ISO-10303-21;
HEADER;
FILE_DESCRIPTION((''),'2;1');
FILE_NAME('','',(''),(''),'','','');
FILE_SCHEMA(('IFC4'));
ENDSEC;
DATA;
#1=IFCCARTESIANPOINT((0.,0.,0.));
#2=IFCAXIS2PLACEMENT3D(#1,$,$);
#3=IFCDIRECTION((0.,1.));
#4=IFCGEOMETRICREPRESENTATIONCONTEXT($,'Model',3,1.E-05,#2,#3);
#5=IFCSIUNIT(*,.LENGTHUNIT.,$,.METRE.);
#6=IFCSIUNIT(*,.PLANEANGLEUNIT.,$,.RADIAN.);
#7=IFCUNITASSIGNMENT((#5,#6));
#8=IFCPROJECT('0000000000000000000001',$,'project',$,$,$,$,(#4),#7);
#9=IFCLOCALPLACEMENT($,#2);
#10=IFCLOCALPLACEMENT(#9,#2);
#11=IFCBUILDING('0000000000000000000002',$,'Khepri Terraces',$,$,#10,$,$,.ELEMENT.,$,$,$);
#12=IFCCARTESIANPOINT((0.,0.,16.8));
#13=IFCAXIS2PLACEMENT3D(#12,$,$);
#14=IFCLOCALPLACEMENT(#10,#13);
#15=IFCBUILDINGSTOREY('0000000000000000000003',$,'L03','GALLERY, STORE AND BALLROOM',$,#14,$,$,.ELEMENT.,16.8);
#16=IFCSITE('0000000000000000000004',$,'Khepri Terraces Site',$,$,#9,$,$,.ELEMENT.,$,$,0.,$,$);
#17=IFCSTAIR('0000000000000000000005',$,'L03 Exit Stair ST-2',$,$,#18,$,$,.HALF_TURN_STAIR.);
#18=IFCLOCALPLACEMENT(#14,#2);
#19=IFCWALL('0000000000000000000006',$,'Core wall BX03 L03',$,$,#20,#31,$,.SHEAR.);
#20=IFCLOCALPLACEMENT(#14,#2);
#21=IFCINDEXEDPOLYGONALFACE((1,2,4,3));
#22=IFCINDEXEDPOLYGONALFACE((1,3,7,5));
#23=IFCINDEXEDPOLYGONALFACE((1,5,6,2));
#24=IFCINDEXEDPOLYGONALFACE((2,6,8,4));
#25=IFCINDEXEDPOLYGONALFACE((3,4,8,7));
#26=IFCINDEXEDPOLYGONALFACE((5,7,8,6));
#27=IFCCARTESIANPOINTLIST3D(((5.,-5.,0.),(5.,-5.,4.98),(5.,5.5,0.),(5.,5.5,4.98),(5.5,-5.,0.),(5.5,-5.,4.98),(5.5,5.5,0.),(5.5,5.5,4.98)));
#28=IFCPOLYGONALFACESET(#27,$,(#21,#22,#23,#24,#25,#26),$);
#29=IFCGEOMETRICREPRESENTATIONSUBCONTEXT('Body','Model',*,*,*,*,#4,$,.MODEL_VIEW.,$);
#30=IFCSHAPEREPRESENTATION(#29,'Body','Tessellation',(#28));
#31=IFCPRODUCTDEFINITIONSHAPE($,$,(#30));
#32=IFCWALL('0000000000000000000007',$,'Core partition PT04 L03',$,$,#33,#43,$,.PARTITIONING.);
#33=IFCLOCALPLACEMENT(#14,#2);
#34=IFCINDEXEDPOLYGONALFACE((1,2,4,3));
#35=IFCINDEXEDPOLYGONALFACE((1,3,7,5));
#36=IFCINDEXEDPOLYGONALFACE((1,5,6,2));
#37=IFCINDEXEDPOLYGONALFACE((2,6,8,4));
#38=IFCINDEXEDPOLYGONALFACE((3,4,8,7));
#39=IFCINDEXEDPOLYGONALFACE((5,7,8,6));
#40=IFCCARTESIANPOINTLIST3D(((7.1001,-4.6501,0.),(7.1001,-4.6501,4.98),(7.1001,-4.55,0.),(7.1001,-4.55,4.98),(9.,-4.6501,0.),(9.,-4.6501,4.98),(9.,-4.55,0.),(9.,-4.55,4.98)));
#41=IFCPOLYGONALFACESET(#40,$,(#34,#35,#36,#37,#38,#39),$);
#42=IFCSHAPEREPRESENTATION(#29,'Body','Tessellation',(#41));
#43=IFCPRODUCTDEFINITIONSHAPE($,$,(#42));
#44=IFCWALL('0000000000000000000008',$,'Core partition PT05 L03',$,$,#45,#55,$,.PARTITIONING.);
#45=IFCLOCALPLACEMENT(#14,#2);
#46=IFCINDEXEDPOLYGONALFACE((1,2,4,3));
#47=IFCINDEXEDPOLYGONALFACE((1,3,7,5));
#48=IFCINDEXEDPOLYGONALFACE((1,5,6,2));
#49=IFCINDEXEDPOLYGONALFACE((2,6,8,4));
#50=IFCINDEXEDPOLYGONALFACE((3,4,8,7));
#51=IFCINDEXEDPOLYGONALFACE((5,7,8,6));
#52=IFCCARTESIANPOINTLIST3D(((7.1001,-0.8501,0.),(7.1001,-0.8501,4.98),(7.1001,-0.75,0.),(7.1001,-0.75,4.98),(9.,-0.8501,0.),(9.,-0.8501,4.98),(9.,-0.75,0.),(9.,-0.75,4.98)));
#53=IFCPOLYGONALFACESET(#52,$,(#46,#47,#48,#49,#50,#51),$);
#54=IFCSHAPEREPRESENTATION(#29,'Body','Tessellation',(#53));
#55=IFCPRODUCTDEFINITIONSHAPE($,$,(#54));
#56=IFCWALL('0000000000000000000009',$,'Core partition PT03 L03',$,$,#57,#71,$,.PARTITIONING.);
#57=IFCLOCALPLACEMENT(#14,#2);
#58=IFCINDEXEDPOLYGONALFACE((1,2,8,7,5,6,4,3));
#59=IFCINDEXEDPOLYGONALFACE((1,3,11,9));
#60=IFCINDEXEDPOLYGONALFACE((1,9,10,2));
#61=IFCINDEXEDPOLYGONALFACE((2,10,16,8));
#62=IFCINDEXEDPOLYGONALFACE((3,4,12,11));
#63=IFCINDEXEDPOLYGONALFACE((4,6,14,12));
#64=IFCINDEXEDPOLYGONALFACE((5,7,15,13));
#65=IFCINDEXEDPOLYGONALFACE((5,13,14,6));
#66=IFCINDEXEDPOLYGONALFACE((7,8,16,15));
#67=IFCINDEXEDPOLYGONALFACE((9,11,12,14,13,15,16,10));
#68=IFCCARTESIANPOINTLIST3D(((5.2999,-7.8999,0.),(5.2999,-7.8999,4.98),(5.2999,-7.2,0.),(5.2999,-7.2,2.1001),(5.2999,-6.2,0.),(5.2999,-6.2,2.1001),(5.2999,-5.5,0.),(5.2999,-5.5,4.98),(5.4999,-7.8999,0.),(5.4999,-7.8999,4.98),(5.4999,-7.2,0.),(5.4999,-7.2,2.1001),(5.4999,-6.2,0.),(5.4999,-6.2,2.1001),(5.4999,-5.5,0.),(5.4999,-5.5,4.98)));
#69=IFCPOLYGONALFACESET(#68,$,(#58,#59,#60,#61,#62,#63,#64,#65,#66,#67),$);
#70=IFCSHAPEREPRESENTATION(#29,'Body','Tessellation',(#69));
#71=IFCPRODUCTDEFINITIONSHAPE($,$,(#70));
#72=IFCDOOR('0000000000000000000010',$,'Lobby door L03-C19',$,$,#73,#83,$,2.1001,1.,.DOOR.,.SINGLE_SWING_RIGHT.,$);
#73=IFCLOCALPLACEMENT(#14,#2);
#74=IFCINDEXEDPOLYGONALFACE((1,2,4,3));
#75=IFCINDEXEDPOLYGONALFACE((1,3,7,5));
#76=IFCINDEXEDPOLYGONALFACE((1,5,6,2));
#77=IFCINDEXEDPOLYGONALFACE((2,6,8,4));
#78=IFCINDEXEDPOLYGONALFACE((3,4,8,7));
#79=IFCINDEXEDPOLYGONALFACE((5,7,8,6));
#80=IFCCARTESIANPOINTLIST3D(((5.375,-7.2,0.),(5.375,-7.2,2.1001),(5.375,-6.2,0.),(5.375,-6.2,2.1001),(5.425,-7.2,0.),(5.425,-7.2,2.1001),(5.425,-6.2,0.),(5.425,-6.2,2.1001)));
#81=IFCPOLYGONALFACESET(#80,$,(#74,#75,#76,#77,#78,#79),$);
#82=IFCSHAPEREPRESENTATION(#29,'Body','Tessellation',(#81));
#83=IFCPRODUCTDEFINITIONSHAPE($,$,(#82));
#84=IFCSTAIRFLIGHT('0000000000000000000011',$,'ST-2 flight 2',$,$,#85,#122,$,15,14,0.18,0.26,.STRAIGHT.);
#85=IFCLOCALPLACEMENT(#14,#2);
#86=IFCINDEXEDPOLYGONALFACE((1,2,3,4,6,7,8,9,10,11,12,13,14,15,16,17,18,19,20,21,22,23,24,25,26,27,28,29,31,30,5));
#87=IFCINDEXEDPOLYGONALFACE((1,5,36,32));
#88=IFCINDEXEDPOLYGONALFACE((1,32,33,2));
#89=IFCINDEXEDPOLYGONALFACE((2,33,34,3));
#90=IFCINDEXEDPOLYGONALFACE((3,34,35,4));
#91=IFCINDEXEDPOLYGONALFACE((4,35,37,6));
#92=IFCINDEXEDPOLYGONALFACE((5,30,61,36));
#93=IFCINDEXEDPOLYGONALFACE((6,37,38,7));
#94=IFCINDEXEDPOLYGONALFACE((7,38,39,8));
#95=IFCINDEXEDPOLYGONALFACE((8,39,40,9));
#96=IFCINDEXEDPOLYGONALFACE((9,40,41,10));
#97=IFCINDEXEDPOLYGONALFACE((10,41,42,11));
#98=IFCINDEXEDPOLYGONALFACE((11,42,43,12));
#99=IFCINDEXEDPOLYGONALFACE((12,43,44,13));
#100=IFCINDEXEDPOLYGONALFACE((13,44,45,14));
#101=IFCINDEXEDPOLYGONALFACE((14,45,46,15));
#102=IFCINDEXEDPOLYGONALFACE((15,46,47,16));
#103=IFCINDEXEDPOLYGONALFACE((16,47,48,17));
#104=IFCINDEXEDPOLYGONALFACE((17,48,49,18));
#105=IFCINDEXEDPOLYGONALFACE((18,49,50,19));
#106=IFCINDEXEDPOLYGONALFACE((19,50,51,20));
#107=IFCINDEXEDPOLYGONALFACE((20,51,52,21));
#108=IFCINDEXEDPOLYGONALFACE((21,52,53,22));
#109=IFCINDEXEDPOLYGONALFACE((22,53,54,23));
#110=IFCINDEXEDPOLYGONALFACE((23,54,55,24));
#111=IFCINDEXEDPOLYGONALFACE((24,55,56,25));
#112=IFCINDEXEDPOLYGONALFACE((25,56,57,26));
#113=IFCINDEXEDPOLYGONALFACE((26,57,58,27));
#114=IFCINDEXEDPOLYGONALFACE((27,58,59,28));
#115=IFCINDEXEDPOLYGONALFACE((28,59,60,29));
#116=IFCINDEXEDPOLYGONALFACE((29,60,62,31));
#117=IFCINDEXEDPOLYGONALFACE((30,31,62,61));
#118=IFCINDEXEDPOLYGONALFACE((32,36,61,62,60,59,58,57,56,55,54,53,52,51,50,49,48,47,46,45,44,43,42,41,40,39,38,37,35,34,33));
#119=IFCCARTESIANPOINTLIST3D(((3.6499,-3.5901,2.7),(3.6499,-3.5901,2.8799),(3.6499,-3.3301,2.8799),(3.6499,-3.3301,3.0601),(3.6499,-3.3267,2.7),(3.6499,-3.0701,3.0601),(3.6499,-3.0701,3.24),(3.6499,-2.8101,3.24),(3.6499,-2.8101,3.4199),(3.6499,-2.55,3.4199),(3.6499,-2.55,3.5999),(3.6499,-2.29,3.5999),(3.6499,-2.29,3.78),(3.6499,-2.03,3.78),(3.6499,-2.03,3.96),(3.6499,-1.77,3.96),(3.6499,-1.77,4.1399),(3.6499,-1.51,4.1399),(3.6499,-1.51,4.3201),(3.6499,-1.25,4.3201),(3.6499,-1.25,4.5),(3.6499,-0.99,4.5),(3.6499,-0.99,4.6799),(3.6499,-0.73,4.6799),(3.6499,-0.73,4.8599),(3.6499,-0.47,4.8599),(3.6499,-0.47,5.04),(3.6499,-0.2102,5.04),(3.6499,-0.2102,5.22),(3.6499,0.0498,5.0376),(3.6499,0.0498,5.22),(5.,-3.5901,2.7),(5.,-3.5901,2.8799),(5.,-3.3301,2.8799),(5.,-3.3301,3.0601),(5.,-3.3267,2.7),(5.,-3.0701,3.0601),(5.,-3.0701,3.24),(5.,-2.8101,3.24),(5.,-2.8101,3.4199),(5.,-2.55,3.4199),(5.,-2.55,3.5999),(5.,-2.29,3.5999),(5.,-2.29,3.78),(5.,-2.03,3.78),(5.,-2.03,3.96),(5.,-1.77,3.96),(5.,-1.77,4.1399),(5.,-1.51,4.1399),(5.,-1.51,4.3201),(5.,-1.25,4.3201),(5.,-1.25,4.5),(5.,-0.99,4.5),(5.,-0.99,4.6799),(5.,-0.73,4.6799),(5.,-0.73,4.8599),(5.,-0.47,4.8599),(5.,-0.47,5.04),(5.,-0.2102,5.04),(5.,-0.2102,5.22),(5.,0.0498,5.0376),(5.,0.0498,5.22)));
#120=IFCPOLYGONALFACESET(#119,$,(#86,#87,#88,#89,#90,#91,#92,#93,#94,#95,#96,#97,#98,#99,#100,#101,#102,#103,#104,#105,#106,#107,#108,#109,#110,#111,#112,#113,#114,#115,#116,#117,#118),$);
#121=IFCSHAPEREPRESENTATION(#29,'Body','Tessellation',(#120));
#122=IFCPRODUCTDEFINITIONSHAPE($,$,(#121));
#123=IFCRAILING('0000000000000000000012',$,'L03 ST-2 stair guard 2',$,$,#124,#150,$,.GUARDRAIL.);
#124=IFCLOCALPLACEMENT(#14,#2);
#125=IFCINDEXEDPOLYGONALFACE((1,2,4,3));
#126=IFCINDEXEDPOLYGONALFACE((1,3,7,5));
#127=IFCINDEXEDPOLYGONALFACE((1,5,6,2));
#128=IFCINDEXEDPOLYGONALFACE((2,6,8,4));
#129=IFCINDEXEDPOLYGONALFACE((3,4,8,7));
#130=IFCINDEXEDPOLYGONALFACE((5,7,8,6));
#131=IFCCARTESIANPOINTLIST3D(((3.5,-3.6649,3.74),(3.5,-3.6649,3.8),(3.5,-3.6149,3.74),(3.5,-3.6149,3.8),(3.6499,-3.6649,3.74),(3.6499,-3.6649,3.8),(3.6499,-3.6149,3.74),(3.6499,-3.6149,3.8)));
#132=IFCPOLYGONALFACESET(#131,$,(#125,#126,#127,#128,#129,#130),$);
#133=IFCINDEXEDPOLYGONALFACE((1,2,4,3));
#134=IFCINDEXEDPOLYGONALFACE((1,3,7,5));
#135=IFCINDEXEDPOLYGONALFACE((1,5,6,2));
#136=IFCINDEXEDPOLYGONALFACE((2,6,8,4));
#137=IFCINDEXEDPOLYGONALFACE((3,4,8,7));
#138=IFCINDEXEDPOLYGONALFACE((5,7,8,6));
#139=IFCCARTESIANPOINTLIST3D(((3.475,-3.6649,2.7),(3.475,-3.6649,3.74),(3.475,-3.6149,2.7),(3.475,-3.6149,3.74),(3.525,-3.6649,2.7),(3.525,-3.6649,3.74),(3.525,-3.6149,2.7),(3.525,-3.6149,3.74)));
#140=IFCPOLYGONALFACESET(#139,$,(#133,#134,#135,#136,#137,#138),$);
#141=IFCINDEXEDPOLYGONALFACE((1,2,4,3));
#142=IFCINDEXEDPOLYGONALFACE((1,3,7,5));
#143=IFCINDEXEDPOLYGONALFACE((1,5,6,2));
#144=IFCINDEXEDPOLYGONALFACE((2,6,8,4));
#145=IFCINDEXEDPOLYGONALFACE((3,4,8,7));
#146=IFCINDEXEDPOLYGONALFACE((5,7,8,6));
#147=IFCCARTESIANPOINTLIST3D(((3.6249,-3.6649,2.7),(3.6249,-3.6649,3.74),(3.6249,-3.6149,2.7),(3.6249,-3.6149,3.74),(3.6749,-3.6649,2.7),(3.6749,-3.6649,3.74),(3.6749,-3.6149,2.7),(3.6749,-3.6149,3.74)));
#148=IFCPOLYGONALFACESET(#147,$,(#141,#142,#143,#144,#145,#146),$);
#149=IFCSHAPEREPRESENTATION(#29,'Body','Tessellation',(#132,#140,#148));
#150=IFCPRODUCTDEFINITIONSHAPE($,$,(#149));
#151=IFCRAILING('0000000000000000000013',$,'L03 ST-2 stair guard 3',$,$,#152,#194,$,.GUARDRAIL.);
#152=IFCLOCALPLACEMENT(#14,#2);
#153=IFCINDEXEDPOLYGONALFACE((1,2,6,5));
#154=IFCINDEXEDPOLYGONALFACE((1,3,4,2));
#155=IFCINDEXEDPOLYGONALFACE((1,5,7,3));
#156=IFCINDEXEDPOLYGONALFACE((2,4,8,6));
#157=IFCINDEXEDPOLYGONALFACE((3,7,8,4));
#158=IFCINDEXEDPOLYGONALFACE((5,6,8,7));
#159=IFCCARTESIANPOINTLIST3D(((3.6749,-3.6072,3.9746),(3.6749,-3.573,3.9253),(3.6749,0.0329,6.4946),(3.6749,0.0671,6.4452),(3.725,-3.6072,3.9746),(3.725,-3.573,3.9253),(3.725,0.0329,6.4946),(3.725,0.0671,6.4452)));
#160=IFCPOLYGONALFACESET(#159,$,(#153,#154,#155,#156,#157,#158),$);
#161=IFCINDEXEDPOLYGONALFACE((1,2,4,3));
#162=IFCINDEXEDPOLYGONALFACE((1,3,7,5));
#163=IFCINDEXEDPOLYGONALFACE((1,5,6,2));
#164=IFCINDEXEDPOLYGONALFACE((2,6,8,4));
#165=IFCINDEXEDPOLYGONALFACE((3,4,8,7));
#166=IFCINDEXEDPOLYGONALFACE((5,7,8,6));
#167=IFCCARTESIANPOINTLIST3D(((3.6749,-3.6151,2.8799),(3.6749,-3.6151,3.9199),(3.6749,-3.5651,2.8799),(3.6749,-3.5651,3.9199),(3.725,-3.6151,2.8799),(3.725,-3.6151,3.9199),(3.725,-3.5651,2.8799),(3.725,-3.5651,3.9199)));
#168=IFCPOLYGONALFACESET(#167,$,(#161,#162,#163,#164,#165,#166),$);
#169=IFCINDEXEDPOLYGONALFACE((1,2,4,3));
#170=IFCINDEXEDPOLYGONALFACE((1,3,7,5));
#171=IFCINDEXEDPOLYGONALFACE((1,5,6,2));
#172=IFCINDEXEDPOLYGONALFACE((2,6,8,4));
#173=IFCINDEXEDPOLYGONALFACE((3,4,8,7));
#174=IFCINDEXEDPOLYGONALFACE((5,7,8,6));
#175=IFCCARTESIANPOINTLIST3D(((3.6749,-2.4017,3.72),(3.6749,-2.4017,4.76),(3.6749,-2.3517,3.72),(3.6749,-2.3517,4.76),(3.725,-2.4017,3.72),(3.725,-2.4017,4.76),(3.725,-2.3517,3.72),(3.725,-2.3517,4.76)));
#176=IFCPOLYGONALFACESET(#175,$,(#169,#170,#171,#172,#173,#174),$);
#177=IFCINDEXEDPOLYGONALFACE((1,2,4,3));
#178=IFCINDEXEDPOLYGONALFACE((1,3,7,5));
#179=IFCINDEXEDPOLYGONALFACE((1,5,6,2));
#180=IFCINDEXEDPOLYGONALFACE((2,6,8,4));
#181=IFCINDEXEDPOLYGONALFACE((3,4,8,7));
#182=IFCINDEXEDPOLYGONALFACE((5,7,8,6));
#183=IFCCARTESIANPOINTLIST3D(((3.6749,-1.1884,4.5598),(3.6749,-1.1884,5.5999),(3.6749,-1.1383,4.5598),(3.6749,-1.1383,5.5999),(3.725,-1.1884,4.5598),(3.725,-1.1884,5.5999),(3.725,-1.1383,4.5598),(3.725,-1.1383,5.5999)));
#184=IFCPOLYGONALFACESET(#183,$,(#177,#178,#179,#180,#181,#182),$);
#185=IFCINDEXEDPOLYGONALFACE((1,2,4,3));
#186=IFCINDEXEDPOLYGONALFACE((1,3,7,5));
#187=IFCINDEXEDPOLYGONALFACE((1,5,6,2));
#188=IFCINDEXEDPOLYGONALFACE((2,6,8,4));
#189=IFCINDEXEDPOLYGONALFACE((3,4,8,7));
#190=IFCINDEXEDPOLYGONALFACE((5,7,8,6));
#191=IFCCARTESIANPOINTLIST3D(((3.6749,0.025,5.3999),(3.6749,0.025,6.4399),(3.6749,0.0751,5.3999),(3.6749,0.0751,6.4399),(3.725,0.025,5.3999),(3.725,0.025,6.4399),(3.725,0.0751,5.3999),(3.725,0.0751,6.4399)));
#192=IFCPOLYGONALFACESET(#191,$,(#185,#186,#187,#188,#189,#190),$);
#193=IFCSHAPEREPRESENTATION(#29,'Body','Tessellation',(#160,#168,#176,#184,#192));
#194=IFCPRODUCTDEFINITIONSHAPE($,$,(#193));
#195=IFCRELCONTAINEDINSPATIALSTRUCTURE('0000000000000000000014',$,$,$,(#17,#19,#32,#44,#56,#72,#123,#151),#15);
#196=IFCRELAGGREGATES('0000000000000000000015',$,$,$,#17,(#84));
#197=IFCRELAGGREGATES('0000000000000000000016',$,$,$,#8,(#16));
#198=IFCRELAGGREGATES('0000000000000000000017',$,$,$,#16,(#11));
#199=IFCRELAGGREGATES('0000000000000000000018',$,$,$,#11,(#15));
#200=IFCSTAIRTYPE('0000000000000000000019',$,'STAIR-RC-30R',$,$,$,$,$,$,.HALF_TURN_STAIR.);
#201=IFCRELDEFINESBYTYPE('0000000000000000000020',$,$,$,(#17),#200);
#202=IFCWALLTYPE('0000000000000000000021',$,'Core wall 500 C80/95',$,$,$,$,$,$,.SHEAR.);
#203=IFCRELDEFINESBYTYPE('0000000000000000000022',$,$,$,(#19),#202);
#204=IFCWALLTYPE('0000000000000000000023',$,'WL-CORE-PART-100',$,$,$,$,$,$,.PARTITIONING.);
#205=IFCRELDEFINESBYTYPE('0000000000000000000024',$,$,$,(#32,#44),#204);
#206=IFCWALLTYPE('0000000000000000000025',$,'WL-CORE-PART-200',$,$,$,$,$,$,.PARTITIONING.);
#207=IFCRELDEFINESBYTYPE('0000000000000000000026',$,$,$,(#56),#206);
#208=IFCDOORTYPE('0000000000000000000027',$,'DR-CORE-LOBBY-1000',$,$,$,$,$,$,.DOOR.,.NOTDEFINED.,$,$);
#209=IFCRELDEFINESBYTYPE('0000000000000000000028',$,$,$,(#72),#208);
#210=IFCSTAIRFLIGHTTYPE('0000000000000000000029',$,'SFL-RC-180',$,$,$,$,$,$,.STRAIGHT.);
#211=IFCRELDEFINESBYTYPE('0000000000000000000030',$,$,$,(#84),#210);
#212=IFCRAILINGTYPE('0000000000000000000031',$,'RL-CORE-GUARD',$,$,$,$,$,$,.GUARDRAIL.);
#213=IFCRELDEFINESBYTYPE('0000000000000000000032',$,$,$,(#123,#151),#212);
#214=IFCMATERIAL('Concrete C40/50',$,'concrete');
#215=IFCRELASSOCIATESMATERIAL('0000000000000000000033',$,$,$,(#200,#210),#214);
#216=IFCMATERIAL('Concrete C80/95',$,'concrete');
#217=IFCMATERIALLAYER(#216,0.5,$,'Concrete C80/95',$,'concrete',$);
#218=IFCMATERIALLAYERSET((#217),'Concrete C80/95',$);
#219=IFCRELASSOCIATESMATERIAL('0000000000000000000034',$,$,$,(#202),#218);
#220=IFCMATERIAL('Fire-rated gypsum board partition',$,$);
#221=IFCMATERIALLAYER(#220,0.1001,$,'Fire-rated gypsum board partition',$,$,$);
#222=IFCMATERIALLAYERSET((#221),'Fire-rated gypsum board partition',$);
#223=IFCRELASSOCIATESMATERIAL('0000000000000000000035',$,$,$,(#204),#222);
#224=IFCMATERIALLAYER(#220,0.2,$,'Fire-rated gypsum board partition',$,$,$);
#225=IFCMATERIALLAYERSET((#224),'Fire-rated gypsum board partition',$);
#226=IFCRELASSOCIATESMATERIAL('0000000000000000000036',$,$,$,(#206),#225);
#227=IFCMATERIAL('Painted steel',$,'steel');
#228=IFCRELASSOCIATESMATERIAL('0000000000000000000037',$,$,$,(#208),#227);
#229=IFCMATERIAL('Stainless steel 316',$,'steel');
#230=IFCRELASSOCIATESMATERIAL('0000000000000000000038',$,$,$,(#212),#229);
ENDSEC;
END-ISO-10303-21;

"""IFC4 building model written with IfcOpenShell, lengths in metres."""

from ifc_helpers import new_model, si_unit, direction, frame, frame_2d, origin, origin_2d, place, context, subcontext, project, spatial, polyline, rectangle, outline, extrude, material, layer, layer_set, type_object, element, fill, aggregate, save


model = new_model("IFC4")

# Units and contexts
model_context = context("Model", 3, precision=1e-05, world=origin(), true_north=direction((0.0, 1.0)))
body_context = subcontext(model_context, "Body", "Model", "MODEL_VIEW")
ifc_project = project(units=[si_unit("LENGTHUNIT", "METRE"), si_unit("PLANEANGLEUNIT", "RADIAN")], contexts=[model_context])

# Site, building, storey
site_placement = place(None, origin())
site = spatial("IfcSite", under=ifc_project, at=site_placement, Name="Khepri Terraces Site", CompositionType="ELEMENT", RefElevation=0.0)
building_placement = place(site_placement, origin())
building = spatial("IfcBuilding", under=site, at=building_placement, Name="Khepri Terraces", CompositionType="ELEMENT")
storey_placement = place(building_placement, frame((0.0, 0.0, 16.8)))
storey = spatial("IfcBuildingStorey", under=building, at=storey_placement, Name="L03", Description="GALLERY, STORE AND BALLROOM", CompositionType="ELEMENT", Elevation=16.8)

# Stair
ifc_material_1 = material(Name="Concrete C40/50", Category="concrete")
stair_type = type_object("IfcStairType", Name="STAIR-RC-30R", PredefinedType="HALF_TURN_STAIR", material=ifc_material_1)
stair_1_placement = place(storey_placement, origin())
stair_1 = element("IfcStair", 1, at=stair_1_placement, inside=storey, type_object=stair_type, Name="L03 Exit Stair ST-2", PredefinedType="HALF_TURN_STAIR")

# Shared definitions
ifc_material_2 = material(Name="Concrete C80/95", Category="concrete")
ifc_material_3 = material(Name="Painted steel", Category="steel")

# Walls
ifc_layer_1 = layer(ifc_material_2, 0.5, Name="Concrete C80/95", Category="concrete")
ifc_layer_set_1 = layer_set([ifc_layer_1], Name="Concrete C80/95")
wall_type_1 = type_object("IfcWallType", Name="Core wall 500 C80/95", PredefinedType="SHEAR", material=ifc_layer_set_1)
wall_1_placement = place(storey_placement, frame((5.25, -5.0, 0.0), z_axis=(0.0, 0.0, 1.0), x_axis=(0.0, 1.0, 0.0)))
element("IfcWall", 2, at=wall_1_placement, inside=storey, type_object=wall_type_1, Name="Core wall BX03 L03", PredefinedType="SHEAR", context=body_context, shape_type="SweptSolid", body=[
    extrude(rectangle(XDim=10.5, YDim=0.5, at=frame_2d((5.25, 0.0))), origin(), (0.0, 0.0, 1.0), 4.98),
])
ifc_material_4 = material(Name="Fire-rated gypsum board partition")
ifc_layer_2 = layer(ifc_material_4, 0.1001, Name="Fire-rated gypsum board partition")
ifc_layer_set_2 = layer_set([ifc_layer_2], Name="Fire-rated gypsum board partition")
wall_type_2 = type_object("IfcWallType", Name="WL-CORE-PART-100", PredefinedType="PARTITIONING", material=ifc_layer_set_2)
for number, where, z_axis, x_axis, name in (
    (3, (7.1001, -4.6001, 0.0), (0.0, 0.0, 1.0), (1.0, 0.0, 0.0), "Core partition PT04 L03"),
    (4, (7.1001, -0.8, 0.0), (0.0, 0.0, 1.0), (1.0, 0.0, 0.0), "Core partition PT05 L03"),
):
    element("IfcWall", number, at=place(storey_placement, frame(where, z_axis=z_axis, x_axis=x_axis)), inside=storey, type_object=wall_type_2, Name=name, PredefinedType="PARTITIONING", context=body_context, shape_type="SweptSolid", body=[
        extrude(rectangle(XDim=1.8999, YDim=0.1001, at=frame_2d((0.95, 0.0))), origin(), (0.0, 0.0, 1.0), 4.98),
    ])

# Wall, opening, door
ifc_layer_3 = layer(ifc_material_4, 0.2, Name="Fire-rated gypsum board partition")
ifc_layer_set_3 = layer_set([ifc_layer_3], Name="Fire-rated gypsum board partition")
wall_type_3 = type_object("IfcWallType", Name="WL-CORE-PART-200", PredefinedType="PARTITIONING", material=ifc_layer_set_3)
wall_2_placement = place(storey_placement, frame((5.3999, -7.8999, 0.0), z_axis=(0.0, 0.0, 1.0), x_axis=(0.0, 1.0, 0.0)))
wall_2 = element("IfcWall", 5, at=wall_2_placement, inside=storey, type_object=wall_type_3, Name="Core partition PT03 L03", PredefinedType="PARTITIONING", context=body_context, shape_type="SweptSolid", body=[
    extrude(rectangle(XDim=2.3999, YDim=0.2, at=frame_2d((1.2, 0.0))), origin(), (0.0, 0.0, 1.0), 4.98),
])
opening_1_placement = place(wall_2_placement, frame((0.7, 0.0, 0.0)))
opening_1 = element("IfcOpeningElement", 6, at=opening_1_placement, cuts=wall_2, PredefinedType="OPENING", context=body_context, shape_type="SweptSolid", body=[
    extrude(rectangle(XDim=1.0, YDim=2.1001, at=frame_2d((0.5, 1.05))), frame((0.0, 0.1099, 0.0), z_axis=(0.0, -1.0, 0.0), x_axis=(1.0, 0.0, 0.0)), (0.0, 0.0, 1.0), 0.22),
])
door_type_1 = type_object("IfcDoorType", Name="DR-CORE-LOBBY-1000", OperationType="NOTDEFINED", PredefinedType="DOOR", material=ifc_material_3)
door_1_placement = place(opening_1_placement, origin())
door_1 = element("IfcDoor", 7, at=door_1_placement, inside=storey, type_object=door_type_1, Name="Lobby door L03-C19", OperationType="SINGLE_SWING_RIGHT", OverallHeight=2.1001, OverallWidth=1.0, PredefinedType="DOOR", context=body_context, shape_type="SweptSolid", body=[
    extrude(rectangle(XDim=1.0, YDim=2.1001, at=frame_2d((0.5, 1.05))), frame((0.0, 0.0249, 0.0), z_axis=(0.0, -1.0, 0.0), x_axis=(1.0, 0.0, 0.0)), (0.0, 0.0, 1.0), 0.05),
])
fill(opening_1, door_1)

# Stair flight
stair_flight_type = type_object("IfcStairFlightType", Name="SFL-RC-180", PredefinedType="STRAIGHT", material=ifc_material_1)
stair_flight_placement = place(storey_placement, frame((4.325, -3.5901, 2.7), z_axis=(0.0, 0.0, 1.0), x_axis=(0.0, 1.0, 0.0)))
stair_flight = element("IfcStairFlight", 8, at=stair_flight_placement, type_object=stair_flight_type, Name="ST-2 flight 2", NumberOfRisers=15, NumberOfTreads=14, PredefinedType="STRAIGHT", RiserHeight=0.18, TreadLength=0.26, context=body_context, shape_type="SweptSolid", body=[
    extrude(outline(polyline([(0.0, 0.0), (0.0, 0.1799), (0.26, 0.1799), (0.26, 0.3601), (0.52, 0.3601), (0.52, 0.54), (0.78, 0.54), (0.78, 0.72), (1.04, 0.72), (1.04, 0.8999), (1.3, 0.8999), (1.3, 1.0801), (1.5601, 1.0801), (1.5601, 1.26), (1.8201, 1.26), (1.8201, 1.4399), (2.0801, 1.4399), (2.0801, 1.6201), (2.3401, 1.6201), (2.3401, 1.8), (2.6001, 1.8), (2.6001, 1.98), (2.8601, 1.98), (2.8601, 2.1599), (3.1201, 2.1599), (3.1201, 2.3401), (3.3799, 2.3401), (3.3799, 2.52), (3.6399, 2.52), (3.6399, 2.7), (3.6399, 2.3376), (0.2634, 0.0), (0.0, 0.0)])), frame((0.0, 0.675, 0.0), z_axis=(0.0, -1.0, 0.0), x_axis=(1.0, 0.0, 0.0)), (0.0, 0.0, 1.0), 1.3501),
])
aggregate(stair_1, [stair_flight])

# Railings
ifc_material_5 = material(Name="Stainless steel 316", Category="steel")
railing_type_1 = type_object("IfcRailingType", Name="RL-CORE-GUARD", PredefinedType="GUARDRAIL", material=ifc_material_5)
railing_1_placement = place(storey_placement, frame((3.5, -3.6399, 2.7)))
element("IfcRailing", 9, at=railing_1_placement, inside=storey, type_object=railing_type_1, Name="L03 ST-2 stair guard 2", PredefinedType="GUARDRAIL", context=body_context, shape_type="SweptSolid", body=[
    extrude(rectangle(XDim=0.05, YDim=0.0601, at=origin_2d()), frame((0.0, 0.0, 1.0701), z_axis=(1.0, 0.0, 0.0), x_axis=(0.0, 1.0, 0.0)), (0.0, 0.0, 1.0), 0.1499),
    extrude(rectangle(XDim=0.05, YDim=0.05, at=origin_2d()), origin(), (0.0, 0.0, 1.0), 1.04),
    extrude(rectangle(XDim=0.05, YDim=0.05, at=origin_2d()), frame((0.1499, 0.0, 0.0)), (0.0, 0.0, 1.0), 1.04),
])
railing_2_placement = place(storey_placement, frame((3.7, -3.5901, 2.8799)))
element("IfcRailing", 10, at=railing_2_placement, inside=storey, type_object=railing_type_1, Name="L03 ST-2 stair guard 3", PredefinedType="GUARDRAIL", context=body_context, shape_type="SweptSolid", body=[
    extrude(rectangle(XDim=0.05, YDim=0.0601, at=origin_2d()), frame((0.0, 0.0, 1.0701), z_axis=(0.0, 0.8222, 0.569199), x_axis=(-1.0, 0.0, 0.0)), (0.0, 0.0, 1.0), 4.4272),
    extrude(rectangle(XDim=0.05, YDim=0.05, at=origin_2d()), origin(), (0.0, 0.0, 1.0), 1.04),
    extrude(rectangle(XDim=0.05, YDim=0.05, at=origin_2d()), frame((0.0, 1.2134, 0.8401)), (0.0, 0.0, 1.0), 1.04),
    extrude(rectangle(XDim=0.05, YDim=0.05, at=origin_2d()), frame((0.0, 2.4268, 1.6799)), (0.0, 0.0, 1.0), 1.04),
    extrude(rectangle(XDim=0.05, YDim=0.05, at=origin_2d()), frame((0.0, 3.6401, 2.52)), (0.0, 0.0, 1.0), 1.04),
])

save(model, "model.ifc")
